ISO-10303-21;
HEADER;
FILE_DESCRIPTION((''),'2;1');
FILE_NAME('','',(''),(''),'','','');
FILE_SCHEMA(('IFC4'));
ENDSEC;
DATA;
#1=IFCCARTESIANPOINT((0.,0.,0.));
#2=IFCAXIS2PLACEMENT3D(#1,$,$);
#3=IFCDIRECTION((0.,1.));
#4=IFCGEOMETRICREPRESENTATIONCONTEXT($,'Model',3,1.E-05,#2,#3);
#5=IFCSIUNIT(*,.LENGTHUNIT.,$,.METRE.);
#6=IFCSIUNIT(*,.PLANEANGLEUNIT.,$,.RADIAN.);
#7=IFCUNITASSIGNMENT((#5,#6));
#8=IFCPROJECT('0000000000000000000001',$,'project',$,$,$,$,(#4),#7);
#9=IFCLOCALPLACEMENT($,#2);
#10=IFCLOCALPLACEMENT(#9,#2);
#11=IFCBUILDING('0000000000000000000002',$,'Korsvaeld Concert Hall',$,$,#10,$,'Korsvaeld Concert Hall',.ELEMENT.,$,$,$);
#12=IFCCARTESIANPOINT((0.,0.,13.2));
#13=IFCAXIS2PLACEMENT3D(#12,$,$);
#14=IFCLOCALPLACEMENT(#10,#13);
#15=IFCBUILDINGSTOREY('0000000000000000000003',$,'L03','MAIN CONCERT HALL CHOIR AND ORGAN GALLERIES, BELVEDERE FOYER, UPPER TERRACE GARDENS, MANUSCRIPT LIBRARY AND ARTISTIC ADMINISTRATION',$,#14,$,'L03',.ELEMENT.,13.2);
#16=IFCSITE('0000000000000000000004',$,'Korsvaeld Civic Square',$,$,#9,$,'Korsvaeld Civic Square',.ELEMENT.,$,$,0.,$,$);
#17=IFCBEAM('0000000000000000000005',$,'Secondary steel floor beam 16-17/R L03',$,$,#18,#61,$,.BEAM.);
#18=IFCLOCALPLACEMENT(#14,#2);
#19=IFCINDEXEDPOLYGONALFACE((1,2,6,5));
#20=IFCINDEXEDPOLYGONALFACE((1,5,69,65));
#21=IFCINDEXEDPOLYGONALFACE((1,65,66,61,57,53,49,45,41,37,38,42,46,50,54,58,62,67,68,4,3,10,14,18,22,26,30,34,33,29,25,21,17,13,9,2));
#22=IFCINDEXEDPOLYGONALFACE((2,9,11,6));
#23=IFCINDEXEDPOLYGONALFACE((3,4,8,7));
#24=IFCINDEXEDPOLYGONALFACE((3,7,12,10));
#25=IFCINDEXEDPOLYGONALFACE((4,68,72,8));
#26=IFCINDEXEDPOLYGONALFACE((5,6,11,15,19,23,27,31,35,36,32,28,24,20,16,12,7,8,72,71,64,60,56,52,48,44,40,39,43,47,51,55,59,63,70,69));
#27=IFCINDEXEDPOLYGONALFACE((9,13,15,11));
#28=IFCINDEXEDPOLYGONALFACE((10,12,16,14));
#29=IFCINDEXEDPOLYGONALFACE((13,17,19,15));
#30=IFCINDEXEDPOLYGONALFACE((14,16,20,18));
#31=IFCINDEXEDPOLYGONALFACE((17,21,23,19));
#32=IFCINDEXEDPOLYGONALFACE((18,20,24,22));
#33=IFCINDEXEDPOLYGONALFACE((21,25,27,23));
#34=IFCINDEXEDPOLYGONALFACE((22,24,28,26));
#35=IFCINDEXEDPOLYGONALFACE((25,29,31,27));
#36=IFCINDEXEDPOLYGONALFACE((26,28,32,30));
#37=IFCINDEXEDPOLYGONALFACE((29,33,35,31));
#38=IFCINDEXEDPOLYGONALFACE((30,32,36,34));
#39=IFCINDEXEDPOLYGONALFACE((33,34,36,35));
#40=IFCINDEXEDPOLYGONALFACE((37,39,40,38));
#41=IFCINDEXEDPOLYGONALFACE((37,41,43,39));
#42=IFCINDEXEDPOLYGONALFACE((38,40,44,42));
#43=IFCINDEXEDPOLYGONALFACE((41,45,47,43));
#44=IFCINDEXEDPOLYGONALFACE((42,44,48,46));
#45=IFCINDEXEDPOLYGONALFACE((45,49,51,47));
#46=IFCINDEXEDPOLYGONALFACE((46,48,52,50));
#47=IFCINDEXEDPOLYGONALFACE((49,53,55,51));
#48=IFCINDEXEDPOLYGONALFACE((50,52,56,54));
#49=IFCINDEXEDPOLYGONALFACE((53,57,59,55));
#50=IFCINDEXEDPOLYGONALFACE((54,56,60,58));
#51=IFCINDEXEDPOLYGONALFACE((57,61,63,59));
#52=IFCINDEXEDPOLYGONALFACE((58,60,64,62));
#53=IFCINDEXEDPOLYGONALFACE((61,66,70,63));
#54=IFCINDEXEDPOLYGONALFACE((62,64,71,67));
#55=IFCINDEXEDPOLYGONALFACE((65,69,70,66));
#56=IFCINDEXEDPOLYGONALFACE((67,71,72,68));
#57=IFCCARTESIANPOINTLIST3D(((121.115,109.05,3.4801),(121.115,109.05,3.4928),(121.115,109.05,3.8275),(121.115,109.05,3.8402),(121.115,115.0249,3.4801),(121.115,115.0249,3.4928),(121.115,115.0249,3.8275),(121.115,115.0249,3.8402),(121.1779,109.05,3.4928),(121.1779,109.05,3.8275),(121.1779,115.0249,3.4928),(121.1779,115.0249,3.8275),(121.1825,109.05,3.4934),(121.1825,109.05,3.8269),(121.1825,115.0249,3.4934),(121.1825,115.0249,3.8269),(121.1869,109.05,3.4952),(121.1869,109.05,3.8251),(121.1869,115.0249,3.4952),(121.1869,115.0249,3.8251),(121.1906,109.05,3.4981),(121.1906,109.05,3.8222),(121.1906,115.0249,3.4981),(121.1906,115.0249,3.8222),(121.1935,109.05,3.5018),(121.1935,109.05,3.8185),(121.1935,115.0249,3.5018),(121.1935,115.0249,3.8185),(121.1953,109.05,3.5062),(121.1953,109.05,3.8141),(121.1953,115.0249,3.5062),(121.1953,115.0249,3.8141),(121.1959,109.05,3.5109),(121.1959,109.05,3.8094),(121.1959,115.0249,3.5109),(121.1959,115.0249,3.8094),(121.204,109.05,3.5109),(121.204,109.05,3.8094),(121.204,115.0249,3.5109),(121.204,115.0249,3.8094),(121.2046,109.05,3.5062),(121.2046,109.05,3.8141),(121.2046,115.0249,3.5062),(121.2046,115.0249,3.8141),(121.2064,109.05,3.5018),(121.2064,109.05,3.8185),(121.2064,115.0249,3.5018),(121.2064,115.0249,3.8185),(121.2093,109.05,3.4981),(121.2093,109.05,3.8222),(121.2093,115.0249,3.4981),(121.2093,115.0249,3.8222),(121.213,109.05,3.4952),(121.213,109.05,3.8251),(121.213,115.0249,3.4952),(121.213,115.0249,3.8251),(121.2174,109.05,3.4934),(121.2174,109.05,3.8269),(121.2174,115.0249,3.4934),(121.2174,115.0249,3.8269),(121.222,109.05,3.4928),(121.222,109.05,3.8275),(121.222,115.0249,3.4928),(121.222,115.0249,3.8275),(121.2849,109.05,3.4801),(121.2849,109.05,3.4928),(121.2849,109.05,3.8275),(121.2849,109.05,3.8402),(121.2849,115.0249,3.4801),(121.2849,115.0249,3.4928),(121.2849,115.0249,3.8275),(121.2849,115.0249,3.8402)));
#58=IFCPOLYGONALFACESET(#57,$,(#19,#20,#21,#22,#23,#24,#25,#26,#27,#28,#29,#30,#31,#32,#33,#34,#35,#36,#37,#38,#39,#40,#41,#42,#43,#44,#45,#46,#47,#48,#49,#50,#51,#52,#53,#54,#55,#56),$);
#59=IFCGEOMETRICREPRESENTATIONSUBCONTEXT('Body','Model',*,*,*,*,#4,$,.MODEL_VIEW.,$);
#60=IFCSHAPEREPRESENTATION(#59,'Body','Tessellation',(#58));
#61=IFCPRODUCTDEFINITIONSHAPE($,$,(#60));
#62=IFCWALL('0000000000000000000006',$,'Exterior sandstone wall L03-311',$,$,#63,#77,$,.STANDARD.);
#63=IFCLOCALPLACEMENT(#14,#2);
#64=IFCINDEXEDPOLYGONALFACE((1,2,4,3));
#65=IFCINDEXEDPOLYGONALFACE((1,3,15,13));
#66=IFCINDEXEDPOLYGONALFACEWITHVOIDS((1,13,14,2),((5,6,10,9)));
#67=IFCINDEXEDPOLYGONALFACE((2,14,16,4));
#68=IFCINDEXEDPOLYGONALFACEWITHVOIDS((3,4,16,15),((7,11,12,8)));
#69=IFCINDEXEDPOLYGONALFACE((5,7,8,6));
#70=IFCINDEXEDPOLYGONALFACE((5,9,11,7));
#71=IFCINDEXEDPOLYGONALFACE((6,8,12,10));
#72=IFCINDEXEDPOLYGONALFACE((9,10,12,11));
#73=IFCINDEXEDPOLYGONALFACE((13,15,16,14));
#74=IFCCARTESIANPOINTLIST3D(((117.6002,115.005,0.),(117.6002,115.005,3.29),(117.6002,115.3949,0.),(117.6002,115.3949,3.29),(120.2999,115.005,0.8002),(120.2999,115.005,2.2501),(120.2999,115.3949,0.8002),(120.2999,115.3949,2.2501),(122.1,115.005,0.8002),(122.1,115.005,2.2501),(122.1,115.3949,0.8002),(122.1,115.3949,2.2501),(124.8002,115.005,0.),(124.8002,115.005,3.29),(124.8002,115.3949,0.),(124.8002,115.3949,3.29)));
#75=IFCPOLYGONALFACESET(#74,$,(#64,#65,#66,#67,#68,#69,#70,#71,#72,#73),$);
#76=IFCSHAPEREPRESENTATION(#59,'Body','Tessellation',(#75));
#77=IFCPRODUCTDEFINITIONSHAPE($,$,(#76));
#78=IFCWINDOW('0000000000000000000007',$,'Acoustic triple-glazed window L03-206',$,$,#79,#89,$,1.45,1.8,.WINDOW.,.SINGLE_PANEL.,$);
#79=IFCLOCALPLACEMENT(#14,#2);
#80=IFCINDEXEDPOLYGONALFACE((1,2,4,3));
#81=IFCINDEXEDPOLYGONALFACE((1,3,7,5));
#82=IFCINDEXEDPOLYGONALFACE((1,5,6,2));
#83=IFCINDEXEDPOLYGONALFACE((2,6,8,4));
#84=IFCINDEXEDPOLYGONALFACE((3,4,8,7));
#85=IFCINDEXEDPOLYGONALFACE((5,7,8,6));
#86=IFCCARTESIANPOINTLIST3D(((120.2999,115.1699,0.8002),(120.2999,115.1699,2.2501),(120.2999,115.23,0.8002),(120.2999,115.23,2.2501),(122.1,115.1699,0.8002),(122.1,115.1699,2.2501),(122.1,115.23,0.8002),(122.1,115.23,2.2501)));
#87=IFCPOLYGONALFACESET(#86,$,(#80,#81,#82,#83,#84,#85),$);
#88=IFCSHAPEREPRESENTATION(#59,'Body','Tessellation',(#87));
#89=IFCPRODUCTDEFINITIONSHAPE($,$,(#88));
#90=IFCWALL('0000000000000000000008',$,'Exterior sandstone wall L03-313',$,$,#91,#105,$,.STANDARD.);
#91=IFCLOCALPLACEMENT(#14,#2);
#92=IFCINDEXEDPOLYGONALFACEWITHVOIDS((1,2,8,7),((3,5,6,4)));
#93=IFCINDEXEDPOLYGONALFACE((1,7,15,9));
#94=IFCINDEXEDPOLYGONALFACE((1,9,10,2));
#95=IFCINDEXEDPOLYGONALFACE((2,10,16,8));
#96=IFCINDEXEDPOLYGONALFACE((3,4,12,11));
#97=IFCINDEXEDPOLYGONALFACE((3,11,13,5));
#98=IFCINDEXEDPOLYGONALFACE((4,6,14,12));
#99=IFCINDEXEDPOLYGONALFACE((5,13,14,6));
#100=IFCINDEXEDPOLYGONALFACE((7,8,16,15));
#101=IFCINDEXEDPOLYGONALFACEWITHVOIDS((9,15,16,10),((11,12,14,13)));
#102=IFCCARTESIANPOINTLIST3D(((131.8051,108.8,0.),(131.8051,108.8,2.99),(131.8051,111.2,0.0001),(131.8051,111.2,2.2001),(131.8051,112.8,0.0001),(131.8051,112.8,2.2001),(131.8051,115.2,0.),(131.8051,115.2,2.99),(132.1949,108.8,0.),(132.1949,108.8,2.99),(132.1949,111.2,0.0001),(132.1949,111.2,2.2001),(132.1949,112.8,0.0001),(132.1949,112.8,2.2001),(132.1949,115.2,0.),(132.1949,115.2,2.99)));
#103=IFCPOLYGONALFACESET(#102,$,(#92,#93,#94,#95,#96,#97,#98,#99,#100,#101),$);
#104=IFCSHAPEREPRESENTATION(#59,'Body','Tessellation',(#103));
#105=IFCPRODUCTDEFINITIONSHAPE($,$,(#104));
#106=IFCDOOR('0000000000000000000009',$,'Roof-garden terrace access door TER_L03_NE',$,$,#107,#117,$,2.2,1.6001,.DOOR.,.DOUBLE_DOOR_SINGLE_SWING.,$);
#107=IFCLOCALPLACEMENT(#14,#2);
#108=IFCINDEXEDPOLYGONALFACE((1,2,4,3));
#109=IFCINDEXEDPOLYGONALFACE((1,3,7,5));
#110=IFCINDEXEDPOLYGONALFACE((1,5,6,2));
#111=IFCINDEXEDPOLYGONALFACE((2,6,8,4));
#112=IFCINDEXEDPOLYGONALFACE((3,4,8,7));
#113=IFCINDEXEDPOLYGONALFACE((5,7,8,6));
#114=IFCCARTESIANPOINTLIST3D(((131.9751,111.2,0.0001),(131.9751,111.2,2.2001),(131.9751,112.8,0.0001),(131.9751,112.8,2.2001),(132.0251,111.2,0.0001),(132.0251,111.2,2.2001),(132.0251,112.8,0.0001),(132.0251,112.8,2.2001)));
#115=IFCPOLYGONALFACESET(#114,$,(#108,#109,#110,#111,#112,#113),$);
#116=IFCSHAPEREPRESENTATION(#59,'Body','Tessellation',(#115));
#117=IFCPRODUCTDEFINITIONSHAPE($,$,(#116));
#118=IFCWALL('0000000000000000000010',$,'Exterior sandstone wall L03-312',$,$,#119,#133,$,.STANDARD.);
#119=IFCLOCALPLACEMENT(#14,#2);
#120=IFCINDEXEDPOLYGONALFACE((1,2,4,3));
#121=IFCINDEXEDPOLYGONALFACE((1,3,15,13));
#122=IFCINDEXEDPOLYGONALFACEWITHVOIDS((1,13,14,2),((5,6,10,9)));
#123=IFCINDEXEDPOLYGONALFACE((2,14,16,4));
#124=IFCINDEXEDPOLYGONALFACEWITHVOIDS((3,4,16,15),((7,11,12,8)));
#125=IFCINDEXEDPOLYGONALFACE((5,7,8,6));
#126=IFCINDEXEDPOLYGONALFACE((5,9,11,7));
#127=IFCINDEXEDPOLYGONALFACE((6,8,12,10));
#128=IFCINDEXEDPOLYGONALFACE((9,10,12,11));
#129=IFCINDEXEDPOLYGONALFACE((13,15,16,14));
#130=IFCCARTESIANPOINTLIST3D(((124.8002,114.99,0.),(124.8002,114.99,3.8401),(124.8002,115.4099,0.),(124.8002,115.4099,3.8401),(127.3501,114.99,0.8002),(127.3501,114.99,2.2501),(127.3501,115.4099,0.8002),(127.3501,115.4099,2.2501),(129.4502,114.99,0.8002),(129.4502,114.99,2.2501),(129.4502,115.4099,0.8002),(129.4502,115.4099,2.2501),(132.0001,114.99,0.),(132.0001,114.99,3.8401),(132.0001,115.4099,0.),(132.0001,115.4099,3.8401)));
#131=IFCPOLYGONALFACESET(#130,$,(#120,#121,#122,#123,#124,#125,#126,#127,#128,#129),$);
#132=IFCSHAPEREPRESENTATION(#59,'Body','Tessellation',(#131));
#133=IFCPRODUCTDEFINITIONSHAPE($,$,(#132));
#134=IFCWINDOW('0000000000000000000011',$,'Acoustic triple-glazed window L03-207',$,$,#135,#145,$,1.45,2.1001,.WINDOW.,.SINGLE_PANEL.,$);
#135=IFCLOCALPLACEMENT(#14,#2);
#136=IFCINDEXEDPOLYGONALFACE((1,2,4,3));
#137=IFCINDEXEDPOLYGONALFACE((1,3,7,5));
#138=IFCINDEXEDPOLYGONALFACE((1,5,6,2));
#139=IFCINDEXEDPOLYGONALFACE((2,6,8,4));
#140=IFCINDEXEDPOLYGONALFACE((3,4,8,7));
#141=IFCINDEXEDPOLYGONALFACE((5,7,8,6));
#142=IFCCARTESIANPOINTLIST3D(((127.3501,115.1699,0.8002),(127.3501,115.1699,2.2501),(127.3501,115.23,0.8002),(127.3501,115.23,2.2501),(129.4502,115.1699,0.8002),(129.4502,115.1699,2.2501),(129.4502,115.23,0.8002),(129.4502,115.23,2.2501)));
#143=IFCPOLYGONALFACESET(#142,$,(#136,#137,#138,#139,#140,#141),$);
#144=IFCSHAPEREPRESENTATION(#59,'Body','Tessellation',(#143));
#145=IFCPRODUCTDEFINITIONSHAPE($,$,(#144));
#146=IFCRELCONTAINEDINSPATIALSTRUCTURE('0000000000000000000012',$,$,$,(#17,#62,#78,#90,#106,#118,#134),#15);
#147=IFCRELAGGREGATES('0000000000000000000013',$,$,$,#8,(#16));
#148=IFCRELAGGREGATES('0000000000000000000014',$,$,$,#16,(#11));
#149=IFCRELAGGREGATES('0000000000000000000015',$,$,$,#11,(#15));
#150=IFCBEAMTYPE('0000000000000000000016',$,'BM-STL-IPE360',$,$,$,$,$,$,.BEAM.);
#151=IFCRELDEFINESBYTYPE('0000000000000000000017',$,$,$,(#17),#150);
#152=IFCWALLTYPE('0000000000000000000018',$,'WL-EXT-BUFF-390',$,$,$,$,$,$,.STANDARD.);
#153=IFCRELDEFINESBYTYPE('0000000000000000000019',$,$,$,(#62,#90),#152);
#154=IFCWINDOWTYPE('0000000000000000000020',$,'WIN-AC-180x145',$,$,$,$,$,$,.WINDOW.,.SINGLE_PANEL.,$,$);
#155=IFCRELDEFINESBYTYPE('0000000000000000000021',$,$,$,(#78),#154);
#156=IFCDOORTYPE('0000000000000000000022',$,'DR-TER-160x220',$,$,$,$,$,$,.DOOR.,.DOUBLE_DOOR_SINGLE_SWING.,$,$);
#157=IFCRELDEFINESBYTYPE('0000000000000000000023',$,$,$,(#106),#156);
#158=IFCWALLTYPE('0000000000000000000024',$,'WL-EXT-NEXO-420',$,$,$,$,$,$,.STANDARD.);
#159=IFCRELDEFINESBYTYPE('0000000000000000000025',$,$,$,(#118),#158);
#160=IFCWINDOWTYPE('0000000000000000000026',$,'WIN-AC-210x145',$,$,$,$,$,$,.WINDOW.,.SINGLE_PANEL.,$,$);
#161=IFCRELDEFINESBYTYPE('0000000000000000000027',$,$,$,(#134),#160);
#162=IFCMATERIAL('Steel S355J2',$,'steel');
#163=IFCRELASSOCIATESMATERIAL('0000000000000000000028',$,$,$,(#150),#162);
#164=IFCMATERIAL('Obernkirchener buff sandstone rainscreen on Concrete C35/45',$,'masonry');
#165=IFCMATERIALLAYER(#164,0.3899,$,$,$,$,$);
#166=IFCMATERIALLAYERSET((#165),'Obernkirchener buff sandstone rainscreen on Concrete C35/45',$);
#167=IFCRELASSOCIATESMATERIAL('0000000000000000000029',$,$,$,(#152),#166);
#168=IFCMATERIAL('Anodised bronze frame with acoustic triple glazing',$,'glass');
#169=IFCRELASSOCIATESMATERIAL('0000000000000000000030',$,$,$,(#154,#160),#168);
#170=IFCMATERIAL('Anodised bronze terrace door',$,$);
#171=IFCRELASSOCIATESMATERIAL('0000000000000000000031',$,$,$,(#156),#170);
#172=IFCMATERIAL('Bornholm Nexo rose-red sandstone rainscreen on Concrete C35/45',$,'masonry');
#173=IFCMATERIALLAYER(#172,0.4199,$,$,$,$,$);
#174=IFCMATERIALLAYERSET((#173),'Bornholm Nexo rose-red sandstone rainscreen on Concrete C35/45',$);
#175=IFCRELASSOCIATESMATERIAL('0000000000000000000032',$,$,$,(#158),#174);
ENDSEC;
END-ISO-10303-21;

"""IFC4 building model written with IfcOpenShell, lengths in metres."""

from ifc_helpers import new_model, si_unit, direction, frame, frame_2d, origin, origin_2d, place, context, subcontext, project, spatial, rectangle, i_section, extrude, material, layer, layer_set, material_profile, profile_set, type_object, element, fill, save


model = new_model("IFC4")

# Units and contexts
model_context = context("Model", 3, precision=1e-05, world=origin(), true_north=direction((0.0, 1.0)))
body_context = subcontext(model_context, "Body", "Model", "MODEL_VIEW")
ifc_project = project(units=[si_unit("LENGTHUNIT", "METRE"), si_unit("PLANEANGLEUNIT", "RADIAN")], contexts=[model_context])

# Site, building, storey
site_placement = place(None, origin())
site = spatial("IfcSite", under=ifc_project, at=site_placement, Name="Korsvaeld Civic Square", LongName="Korsvaeld Civic Square", CompositionType="ELEMENT", RefElevation=0.0)
building_placement = place(site_placement, origin())
building = spatial("IfcBuilding", under=site, at=building_placement, Name="Korsvaeld Concert Hall", LongName="Korsvaeld Concert Hall", CompositionType="ELEMENT")
storey_placement = place(building_placement, frame((0.0, 0.0, 13.2)))
storey = spatial("IfcBuildingStorey", under=building, at=storey_placement, Name="L03", Description="MAIN CONCERT HALL CHOIR AND ORGAN GALLERIES, BELVEDERE FOYER, UPPER TERRACE GARDENS, MANUSCRIPT LIBRARY AND ARTISTIC ADMINISTRATION", LongName="L03", CompositionType="ELEMENT", Elevation=13.2)

# Beam
ifc_material_1 = material(Name="Steel S355J2", Category="steel")
ifc_material_profile_1 = material_profile(ifc_material_1, i_section(OverallWidth=0.1699, OverallDepth=0.3601, WebThickness=0.0081, FlangeThickness=0.0127, FilletRadius=0.0181, at=origin_2d()), Name="IPE 360")
ifc_profile_set_1 = profile_set([ifc_material_profile_1], Name="Steel S355J2")
beam_type_1 = type_object("IfcBeamType", Name="BM-STL-IPE360", PredefinedType="BEAM", material=ifc_profile_set_1)
beam_1_placement = place(storey_placement, frame((121.2, 109.05, 3.6602), z_axis=(0.0, 1.0, 0.0), x_axis=(-1.0, 0.0, 0.0)))
element("IfcBeam", 1, at=beam_1_placement, inside=storey, type_object=beam_type_1, Name="Secondary steel floor beam 16-17/R L03", PredefinedType="BEAM", context=body_context, shape_type="SweptSolid", body=[
    extrude(i_section(OverallWidth=0.1699, OverallDepth=0.3601, WebThickness=0.0081, FlangeThickness=0.0127, FilletRadius=0.0181, at=origin_2d()), origin(), (0.0, 0.0, 1.0), 5.9749),
])

# Wall, opening, window
ifc_material_2 = material(Name="Obernkirchener buff sandstone rainscreen on Concrete C35/45", Category="masonry")
ifc_layer_1 = layer(ifc_material_2, 0.3899)
ifc_layer_set_1 = layer_set([ifc_layer_1], Name="Obernkirchener buff sandstone rainscreen on Concrete C35/45")
wall_type_1 = type_object("IfcWallType", Name="WL-EXT-BUFF-390", PredefinedType="STANDARD", material=ifc_layer_set_1)
wall_1_placement = place(storey_placement, frame((117.6001, 115.2, 0.0), z_axis=(0.0, 0.0, 1.0), x_axis=(1.0, 0.0, 0.0)))
wall_1 = element("IfcWall", 2, at=wall_1_placement, inside=storey, type_object=wall_type_1, Name="Exterior sandstone wall L03-311", PredefinedType="STANDARD", context=body_context, shape_type="SweptSolid", body=[
    extrude(rectangle(XDim=7.2, YDim=0.3899, at=frame_2d((3.6001, 0.0))), origin(), (0.0, 0.0, 1.0), 3.29),
])
opening_1_placement = place(wall_1_placement, frame((2.7, 0.0, 0.8)))
opening_1 = element("IfcOpeningElement", 3, at=opening_1_placement, cuts=wall_1, PredefinedType="OPENING", context=body_context, shape_type="SweptSolid", body=[
    extrude(rectangle(XDim=1.8, YDim=1.45, at=frame_2d((0.8999, 0.7251))), frame((0.0, 0.2051, 0.0), z_axis=(0.0, -1.0, 0.0), x_axis=(1.0, 0.0, 0.0)), (0.0, 0.0, 1.0), 0.4099),
])
ifc_material_3 = material(Name="Anodised bronze frame with acoustic triple glazing", Category="glass")
window_type_1 = type_object("IfcWindowType", Name="WIN-AC-180x145", PartitioningType="SINGLE_PANEL", PredefinedType="WINDOW", material=ifc_material_3)
window_1_placement = place(opening_1_placement, origin())
window_1 = element("IfcWindow", 4, at=window_1_placement, inside=storey, type_object=window_type_1, Name="Acoustic triple-glazed window L03-206", OverallHeight=1.45, OverallWidth=1.8, PartitioningType="SINGLE_PANEL", PredefinedType="WINDOW", context=body_context, shape_type="SweptSolid", body=[
    extrude(rectangle(XDim=1.8, YDim=1.45, at=frame_2d((0.8999, 0.7251))), frame((0.0, 0.03, 0.0), z_axis=(0.0, -1.0, 0.0), x_axis=(1.0, 0.0, 0.0)), (0.0, 0.0, 1.0), 0.0601),
])
fill(opening_1, window_1)

# Wall, opening, door
wall_2_placement = place(storey_placement, frame((132.0, 115.2, 0.0), z_axis=(0.0, 0.0, 1.0), x_axis=(0.0, -1.0, 0.0)))
wall_2 = element("IfcWall", 5, at=wall_2_placement, inside=storey, type_object=wall_type_1, Name="Exterior sandstone wall L03-313", PredefinedType="STANDARD", context=body_context, shape_type="SweptSolid", body=[
    extrude(rectangle(XDim=6.3999, YDim=0.3899, at=frame_2d((3.2, 0.0))), origin(), (0.0, 0.0, 1.0), 2.99),
])
opening_2_placement = place(wall_2_placement, frame((2.3999, 0.0, 0.0)))
opening_2 = element("IfcOpeningElement", 6, at=opening_2_placement, cuts=wall_2, PredefinedType="OPENING", context=body_context, shape_type="SweptSolid", body=[
    extrude(rectangle(XDim=1.6001, YDim=2.2, at=frame_2d((0.8, 1.1001))), frame((0.0, 0.2051, 0.0), z_axis=(0.0, -1.0, 0.0), x_axis=(1.0, 0.0, 0.0)), (0.0, 0.0, 1.0), 0.4099),
])
ifc_material_4 = material(Name="Anodised bronze terrace door")
door_type = type_object("IfcDoorType", Name="DR-TER-160x220", OperationType="DOUBLE_DOOR_SINGLE_SWING", PredefinedType="DOOR", material=ifc_material_4)
door_placement = place(opening_2_placement, frame((1.6001, 0.0, 0.0), z_axis=(0.0, 0.0, 1.0), x_axis=(-1.0, 0.0, 0.0)))
door = element("IfcDoor", 7, at=door_placement, inside=storey, type_object=door_type, Name="Roof-garden terrace access door TER_L03_NE", OperationType="DOUBLE_DOOR_SINGLE_SWING", OverallHeight=2.2, OverallWidth=1.6001, PredefinedType="DOOR", context=body_context, shape_type="SweptSolid", body=[
    extrude(rectangle(XDim=1.6001, YDim=2.2, at=frame_2d((0.8, 1.1001))), frame((0.0, 0.0249, 0.0), z_axis=(0.0, -1.0, 0.0), x_axis=(1.0, 0.0, 0.0)), (0.0, 0.0, 1.0), 0.05),
])
fill(opening_2, door)

# Wall, opening, window
ifc_material_5 = material(Name="Bornholm Nexo rose-red sandstone rainscreen on Concrete C35/45", Category="masonry")
ifc_layer_2 = layer(ifc_material_5, 0.4199)
ifc_layer_set_2 = layer_set([ifc_layer_2], Name="Bornholm Nexo rose-red sandstone rainscreen on Concrete C35/45")
wall_type_2 = type_object("IfcWallType", Name="WL-EXT-NEXO-420", PredefinedType="STANDARD", material=ifc_layer_set_2)
wall_3_placement = place(storey_placement, frame((124.8, 115.2, 0.0), z_axis=(0.0, 0.0, 1.0), x_axis=(1.0, 0.0, 0.0)))
wall_3 = element("IfcWall", 8, at=wall_3_placement, inside=storey, type_object=wall_type_2, Name="Exterior sandstone wall L03-312", PredefinedType="STANDARD", context=body_context, shape_type="SweptSolid", body=[
    extrude(rectangle(XDim=7.2, YDim=0.4199, at=frame_2d((3.6001, 0.0))), origin(), (0.0, 0.0, 1.0), 3.8401),
])
opening_3_placement = place(wall_3_placement, frame((2.55, 0.0, 0.8)))
opening_3 = element("IfcOpeningElement", 9, at=opening_3_placement, cuts=wall_3, PredefinedType="OPENING", context=body_context, shape_type="SweptSolid", body=[
    extrude(rectangle(XDim=2.1001, YDim=1.45, at=frame_2d((1.05, 0.7251))), frame((0.0, 0.22, 0.0), z_axis=(0.0, -1.0, 0.0), x_axis=(1.0, 0.0, 0.0)), (0.0, 0.0, 1.0), 0.4399),
])
window_type_2 = type_object("IfcWindowType", Name="WIN-AC-210x145", PartitioningType="SINGLE_PANEL", PredefinedType="WINDOW", material=ifc_material_3)
window_2_placement = place(opening_3_placement, origin())
window_2 = element("IfcWindow", 10, at=window_2_placement, inside=storey, type_object=window_type_2, Name="Acoustic triple-glazed window L03-207", OverallHeight=1.45, OverallWidth=2.1001, PartitioningType="SINGLE_PANEL", PredefinedType="WINDOW", context=body_context, shape_type="SweptSolid", body=[
    extrude(rectangle(XDim=2.1001, YDim=1.45, at=frame_2d((1.05, 0.7251))), frame((0.0, 0.03, 0.0), z_axis=(0.0, -1.0, 0.0), x_axis=(1.0, 0.0, 0.0)), (0.0, 0.0, 1.0), 0.0601),
])
fill(opening_3, window_2)

save(model, "model.ifc")
